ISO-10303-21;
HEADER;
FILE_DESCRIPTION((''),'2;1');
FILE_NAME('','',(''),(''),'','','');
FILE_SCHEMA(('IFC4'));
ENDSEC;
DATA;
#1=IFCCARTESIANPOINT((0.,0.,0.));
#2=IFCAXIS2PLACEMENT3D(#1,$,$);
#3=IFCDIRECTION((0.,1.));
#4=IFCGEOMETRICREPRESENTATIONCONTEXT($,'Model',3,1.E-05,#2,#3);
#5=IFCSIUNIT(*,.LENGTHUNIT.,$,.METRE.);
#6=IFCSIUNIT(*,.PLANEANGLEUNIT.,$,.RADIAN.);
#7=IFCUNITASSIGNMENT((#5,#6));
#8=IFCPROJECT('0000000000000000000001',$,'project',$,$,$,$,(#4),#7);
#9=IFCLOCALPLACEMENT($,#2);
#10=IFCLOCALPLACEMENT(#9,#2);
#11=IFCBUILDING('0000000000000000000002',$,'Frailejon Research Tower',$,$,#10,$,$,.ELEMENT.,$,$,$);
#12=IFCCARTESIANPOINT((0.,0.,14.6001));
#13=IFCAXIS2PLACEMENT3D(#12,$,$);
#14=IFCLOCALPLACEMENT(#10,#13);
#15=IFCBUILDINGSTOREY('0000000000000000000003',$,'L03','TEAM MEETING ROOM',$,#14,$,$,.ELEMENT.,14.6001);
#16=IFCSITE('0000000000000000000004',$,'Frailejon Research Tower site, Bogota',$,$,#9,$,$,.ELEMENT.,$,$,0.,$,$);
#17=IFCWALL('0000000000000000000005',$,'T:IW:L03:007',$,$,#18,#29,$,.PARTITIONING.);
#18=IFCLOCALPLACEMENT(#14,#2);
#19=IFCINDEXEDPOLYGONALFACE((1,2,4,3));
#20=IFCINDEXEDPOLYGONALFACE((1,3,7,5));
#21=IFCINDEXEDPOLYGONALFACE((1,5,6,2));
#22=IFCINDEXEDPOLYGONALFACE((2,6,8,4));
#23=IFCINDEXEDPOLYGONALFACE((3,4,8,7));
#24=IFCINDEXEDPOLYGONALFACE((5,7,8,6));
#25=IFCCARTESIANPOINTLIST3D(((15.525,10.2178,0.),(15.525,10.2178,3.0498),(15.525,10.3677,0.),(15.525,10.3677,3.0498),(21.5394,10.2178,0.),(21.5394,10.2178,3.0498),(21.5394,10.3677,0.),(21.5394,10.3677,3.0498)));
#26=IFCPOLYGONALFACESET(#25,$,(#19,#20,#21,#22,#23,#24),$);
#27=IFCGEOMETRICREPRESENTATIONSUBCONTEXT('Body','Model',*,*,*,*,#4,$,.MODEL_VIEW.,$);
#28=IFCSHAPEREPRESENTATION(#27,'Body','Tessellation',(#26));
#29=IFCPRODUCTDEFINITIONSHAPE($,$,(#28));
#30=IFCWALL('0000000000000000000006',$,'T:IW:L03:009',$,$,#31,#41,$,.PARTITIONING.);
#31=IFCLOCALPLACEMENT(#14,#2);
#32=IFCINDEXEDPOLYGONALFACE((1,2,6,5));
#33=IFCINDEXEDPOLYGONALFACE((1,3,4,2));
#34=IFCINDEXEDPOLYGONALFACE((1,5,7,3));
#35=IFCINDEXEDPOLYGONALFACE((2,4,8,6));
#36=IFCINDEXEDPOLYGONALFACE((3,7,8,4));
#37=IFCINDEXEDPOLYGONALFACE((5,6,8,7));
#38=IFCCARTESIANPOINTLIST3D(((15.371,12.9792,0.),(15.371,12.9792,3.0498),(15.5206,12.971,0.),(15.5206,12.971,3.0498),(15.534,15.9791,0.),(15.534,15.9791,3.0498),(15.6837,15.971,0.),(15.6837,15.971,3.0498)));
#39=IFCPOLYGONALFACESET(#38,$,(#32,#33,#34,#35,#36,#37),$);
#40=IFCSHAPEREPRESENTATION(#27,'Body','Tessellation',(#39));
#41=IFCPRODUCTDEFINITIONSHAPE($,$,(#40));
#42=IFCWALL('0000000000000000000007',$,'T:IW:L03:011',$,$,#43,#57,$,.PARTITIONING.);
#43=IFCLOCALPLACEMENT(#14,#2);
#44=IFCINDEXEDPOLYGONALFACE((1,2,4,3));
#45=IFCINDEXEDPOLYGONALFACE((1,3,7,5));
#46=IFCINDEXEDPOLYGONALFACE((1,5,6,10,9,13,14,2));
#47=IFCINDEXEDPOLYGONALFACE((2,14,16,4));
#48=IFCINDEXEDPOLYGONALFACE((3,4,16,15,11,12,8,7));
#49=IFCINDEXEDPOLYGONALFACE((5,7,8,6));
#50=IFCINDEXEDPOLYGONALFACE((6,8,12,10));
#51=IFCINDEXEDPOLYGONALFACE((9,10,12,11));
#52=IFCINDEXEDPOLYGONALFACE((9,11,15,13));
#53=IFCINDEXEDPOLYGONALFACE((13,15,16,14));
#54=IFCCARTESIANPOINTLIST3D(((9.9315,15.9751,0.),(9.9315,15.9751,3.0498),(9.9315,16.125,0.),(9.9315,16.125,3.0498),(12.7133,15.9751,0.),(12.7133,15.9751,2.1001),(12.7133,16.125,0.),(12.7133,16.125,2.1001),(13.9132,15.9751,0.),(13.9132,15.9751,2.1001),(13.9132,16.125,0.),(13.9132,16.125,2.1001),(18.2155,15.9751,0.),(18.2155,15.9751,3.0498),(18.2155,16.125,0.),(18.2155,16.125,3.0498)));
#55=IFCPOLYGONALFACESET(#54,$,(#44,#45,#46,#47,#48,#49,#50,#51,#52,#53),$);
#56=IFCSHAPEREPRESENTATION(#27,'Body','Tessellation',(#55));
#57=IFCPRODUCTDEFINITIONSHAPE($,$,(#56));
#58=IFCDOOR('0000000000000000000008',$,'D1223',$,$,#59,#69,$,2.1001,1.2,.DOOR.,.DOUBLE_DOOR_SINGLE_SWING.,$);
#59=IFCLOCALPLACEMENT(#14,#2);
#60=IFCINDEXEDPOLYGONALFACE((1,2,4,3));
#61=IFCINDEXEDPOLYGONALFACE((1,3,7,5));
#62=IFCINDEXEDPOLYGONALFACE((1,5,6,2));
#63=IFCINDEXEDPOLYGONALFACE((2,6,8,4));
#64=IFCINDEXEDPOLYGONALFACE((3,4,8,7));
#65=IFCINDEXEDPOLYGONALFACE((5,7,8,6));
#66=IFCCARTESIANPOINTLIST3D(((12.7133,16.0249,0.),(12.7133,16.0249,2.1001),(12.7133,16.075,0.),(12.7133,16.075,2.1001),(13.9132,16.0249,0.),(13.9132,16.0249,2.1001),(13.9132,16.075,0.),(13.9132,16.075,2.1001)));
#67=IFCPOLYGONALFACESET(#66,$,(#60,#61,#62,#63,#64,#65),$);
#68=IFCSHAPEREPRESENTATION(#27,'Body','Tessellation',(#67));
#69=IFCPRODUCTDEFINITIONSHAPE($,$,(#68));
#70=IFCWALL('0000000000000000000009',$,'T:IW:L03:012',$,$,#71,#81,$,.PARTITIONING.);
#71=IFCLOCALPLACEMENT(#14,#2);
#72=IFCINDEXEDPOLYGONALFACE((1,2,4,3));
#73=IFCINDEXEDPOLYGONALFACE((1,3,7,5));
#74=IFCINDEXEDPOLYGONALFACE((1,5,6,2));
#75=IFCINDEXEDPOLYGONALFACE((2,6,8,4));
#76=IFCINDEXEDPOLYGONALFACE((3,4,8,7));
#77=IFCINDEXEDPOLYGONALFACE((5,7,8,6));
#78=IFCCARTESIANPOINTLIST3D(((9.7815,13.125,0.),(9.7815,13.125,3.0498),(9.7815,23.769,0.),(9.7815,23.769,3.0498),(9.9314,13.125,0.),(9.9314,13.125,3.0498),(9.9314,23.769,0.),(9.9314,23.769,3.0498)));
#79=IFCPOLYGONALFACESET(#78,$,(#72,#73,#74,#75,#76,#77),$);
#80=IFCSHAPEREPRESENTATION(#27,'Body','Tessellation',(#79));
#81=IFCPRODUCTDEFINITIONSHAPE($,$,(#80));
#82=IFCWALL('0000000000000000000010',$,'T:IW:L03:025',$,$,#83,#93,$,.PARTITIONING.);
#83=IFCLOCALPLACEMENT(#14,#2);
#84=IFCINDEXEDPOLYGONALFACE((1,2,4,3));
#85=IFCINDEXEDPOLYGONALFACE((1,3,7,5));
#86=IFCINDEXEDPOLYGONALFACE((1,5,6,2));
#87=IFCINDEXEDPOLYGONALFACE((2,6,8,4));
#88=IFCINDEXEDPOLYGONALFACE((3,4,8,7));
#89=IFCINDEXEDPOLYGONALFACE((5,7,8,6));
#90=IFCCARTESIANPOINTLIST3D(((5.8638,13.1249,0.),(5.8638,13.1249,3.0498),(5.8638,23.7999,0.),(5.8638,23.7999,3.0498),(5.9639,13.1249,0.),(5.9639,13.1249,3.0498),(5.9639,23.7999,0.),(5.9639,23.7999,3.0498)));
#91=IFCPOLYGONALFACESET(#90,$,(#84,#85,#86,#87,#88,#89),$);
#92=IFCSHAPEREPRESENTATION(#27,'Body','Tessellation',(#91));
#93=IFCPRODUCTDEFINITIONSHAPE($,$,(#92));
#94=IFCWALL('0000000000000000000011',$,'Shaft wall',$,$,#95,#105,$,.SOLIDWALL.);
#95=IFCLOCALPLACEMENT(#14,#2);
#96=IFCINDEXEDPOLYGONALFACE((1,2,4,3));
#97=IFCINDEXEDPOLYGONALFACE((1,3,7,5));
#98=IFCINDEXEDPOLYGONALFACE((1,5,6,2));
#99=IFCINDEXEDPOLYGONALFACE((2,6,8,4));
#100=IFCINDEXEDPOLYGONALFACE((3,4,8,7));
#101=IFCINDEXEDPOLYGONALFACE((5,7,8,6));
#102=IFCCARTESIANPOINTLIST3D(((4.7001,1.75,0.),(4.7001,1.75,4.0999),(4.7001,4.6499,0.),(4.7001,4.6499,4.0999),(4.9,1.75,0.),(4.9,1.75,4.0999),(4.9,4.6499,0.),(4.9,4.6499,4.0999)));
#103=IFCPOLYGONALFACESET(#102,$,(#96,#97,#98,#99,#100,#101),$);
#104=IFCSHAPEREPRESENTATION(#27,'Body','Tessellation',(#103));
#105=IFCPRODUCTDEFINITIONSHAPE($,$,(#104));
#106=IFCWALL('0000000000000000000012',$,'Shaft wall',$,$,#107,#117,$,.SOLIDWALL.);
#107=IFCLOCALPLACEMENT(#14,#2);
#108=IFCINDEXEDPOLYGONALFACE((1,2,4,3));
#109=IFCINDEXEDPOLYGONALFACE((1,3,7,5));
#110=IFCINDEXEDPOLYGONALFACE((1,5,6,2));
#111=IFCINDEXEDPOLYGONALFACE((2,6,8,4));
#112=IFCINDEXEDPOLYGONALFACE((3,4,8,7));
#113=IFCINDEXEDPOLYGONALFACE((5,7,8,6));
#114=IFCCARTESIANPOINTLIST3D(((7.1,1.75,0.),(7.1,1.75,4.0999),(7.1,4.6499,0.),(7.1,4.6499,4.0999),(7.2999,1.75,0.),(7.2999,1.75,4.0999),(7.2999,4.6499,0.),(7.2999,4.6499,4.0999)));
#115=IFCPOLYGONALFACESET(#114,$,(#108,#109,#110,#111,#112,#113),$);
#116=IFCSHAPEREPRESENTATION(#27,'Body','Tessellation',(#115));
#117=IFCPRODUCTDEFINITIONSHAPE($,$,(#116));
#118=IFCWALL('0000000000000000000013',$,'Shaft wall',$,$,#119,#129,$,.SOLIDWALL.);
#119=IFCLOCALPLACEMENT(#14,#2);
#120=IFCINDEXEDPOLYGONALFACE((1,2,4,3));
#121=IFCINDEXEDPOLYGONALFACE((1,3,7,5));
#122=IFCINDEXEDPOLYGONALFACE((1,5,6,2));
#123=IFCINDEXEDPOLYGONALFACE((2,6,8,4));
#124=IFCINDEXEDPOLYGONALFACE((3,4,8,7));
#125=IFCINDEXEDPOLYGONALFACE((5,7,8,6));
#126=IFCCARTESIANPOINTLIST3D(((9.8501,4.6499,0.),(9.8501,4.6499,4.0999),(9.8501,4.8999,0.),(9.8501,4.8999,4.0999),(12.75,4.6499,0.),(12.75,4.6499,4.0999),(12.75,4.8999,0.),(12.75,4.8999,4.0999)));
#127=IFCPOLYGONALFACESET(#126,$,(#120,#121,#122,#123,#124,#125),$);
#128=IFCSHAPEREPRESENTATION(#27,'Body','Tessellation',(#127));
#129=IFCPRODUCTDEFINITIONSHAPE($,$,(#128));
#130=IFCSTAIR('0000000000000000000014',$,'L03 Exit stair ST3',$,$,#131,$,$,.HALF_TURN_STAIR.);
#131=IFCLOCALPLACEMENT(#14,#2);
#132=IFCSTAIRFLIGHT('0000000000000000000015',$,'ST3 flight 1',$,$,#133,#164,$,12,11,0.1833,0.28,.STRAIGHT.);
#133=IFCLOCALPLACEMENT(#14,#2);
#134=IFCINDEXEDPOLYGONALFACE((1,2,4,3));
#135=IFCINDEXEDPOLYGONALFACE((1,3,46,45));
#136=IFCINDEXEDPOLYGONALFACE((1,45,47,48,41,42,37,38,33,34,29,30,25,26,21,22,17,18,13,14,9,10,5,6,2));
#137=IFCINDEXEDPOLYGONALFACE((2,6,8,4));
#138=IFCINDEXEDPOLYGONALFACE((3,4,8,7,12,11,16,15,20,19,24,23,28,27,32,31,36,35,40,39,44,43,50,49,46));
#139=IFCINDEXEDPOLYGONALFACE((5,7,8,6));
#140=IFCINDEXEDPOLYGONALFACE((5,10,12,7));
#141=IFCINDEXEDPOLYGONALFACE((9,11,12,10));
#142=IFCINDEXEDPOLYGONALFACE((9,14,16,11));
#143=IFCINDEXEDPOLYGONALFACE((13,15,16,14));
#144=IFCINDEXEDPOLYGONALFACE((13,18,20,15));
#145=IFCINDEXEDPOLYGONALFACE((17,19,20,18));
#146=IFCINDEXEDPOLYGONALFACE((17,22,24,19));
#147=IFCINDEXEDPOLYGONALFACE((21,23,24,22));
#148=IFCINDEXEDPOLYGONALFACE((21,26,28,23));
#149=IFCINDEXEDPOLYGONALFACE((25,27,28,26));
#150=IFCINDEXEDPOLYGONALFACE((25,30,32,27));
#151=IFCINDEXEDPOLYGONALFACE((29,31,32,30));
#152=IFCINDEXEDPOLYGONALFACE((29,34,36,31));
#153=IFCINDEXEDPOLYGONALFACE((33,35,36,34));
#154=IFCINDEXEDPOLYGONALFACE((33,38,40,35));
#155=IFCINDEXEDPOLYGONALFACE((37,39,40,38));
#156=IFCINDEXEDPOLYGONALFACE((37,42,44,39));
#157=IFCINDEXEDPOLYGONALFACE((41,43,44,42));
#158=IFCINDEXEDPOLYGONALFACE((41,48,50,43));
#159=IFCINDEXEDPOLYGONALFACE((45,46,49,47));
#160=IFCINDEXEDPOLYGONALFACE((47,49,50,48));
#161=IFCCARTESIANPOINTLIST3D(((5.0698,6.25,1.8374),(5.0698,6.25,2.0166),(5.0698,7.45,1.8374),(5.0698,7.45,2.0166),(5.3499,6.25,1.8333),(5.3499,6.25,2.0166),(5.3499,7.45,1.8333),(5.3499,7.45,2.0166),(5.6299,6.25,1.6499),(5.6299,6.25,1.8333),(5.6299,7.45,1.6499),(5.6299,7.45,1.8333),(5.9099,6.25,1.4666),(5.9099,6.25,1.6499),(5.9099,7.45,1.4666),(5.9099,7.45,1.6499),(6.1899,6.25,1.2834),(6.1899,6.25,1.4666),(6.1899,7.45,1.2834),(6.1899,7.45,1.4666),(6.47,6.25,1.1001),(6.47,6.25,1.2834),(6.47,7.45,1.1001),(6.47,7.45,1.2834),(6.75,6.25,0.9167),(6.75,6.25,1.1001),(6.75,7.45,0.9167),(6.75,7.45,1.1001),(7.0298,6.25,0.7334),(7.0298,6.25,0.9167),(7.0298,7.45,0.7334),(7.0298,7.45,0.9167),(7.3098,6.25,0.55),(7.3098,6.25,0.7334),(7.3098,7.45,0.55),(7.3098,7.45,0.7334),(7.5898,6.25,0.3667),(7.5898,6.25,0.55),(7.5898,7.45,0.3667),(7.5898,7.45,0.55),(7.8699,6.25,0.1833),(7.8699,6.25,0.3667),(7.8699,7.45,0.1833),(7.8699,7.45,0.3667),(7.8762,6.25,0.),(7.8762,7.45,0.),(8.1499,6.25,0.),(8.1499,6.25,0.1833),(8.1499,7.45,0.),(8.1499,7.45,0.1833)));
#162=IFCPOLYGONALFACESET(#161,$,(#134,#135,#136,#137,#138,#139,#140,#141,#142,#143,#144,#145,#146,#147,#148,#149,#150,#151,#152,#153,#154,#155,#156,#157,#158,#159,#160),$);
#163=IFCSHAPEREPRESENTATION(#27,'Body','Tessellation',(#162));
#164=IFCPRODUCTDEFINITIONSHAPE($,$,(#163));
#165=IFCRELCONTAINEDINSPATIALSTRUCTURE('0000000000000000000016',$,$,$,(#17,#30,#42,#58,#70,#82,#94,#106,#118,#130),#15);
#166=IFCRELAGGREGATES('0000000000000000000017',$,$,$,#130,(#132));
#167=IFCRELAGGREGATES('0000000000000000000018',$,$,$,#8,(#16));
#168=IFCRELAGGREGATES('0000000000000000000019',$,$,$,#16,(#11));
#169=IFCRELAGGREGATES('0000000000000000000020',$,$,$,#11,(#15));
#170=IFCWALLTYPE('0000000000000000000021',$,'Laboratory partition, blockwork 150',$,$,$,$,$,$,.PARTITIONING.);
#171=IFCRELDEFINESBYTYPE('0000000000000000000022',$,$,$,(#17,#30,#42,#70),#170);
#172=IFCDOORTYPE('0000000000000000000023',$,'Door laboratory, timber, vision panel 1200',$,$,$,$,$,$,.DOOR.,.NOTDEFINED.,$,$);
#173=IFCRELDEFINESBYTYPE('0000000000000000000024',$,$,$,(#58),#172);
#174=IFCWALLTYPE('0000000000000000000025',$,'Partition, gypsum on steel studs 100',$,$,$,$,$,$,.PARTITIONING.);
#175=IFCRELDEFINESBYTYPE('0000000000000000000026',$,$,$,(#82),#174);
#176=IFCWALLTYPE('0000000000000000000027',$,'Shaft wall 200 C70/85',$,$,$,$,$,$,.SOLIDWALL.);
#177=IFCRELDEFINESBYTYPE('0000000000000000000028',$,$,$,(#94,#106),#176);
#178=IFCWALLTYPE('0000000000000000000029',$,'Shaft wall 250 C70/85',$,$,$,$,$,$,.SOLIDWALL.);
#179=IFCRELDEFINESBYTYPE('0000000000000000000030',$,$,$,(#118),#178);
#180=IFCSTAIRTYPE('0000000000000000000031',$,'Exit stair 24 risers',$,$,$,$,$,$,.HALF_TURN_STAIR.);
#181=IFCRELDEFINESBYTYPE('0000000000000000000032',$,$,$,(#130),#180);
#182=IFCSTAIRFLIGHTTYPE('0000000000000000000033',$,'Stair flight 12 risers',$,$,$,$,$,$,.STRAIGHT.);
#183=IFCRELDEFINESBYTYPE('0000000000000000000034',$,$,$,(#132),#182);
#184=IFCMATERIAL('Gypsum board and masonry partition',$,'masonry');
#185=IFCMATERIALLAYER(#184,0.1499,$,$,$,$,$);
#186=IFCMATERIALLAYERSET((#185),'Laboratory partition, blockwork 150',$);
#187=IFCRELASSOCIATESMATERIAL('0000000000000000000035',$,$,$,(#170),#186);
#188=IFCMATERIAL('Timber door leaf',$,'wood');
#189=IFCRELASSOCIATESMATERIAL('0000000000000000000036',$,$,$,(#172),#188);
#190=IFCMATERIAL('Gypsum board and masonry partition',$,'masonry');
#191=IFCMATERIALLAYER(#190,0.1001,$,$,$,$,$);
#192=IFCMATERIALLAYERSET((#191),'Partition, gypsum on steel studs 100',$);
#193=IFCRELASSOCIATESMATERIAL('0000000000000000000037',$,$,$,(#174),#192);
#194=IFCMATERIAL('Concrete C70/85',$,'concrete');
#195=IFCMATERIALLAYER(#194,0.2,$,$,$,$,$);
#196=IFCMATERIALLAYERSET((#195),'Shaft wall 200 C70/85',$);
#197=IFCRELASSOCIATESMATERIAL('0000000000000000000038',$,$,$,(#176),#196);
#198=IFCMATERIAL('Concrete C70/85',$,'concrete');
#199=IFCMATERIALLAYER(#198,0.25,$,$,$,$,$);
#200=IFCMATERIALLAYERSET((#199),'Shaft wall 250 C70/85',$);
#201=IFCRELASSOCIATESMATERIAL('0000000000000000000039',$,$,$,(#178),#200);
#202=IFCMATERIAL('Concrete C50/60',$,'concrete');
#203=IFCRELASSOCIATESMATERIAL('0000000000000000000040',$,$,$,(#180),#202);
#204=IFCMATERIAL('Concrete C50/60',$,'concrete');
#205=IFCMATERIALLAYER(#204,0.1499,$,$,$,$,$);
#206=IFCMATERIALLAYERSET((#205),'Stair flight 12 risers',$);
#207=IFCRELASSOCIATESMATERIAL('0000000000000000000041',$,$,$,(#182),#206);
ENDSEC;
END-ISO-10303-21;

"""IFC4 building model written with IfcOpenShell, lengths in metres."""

from ifc_helpers import new_model, si_unit, direction, frame, frame_2d, origin, place, context, subcontext, project, spatial, polyline, rectangle, outline, extrude, material, layer, layer_set, type_object, element, fill, aggregate, save


model = new_model("IFC4")

# Units and contexts
model_context = context("Model", 3, precision=1e-05, world=origin(), true_north=direction((0.0, 1.0)))
body_context = subcontext(model_context, "Body", "Model", "MODEL_VIEW")
ifc_project = project(units=[si_unit("LENGTHUNIT", "METRE"), si_unit("PLANEANGLEUNIT", "RADIAN")], contexts=[model_context])

# Site, building, storey
site_placement = place(None, origin())
site = spatial("IfcSite", under=ifc_project, at=site_placement, Name="Frailejon Research Tower site, Bogota", CompositionType="ELEMENT", RefElevation=0.0)
building_placement = place(site_placement, origin())
building = spatial("IfcBuilding", under=site, at=building_placement, Name="Frailejon Research Tower", CompositionType="ELEMENT")
storey_placement = place(building_placement, frame((0.0, 0.0, 14.6001)))
storey = spatial("IfcBuildingStorey", under=building, at=storey_placement, Name="L03", Description="TEAM MEETING ROOM", CompositionType="ELEMENT", Elevation=14.6001)

# Walls
ifc_material_1 = material(Name="Gypsum board and masonry partition", Category="masonry")
ifc_layer_1 = layer(ifc_material_1, 0.1499)
ifc_layer_set_1 = layer_set([ifc_layer_1], Name="Laboratory partition, blockwork 150")
wall_type_1 = type_object("IfcWallType", Name="Laboratory partition, blockwork 150", PredefinedType="PARTITIONING", material=ifc_layer_set_1)
wall_1_placement = place(storey_placement, frame((15.5249, 10.2927, 0.0), z_axis=(0.0, 0.0, 1.0), x_axis=(1.0, 0.0, 0.0)))
element("IfcWall", 1, at=wall_1_placement, inside=storey, type_object=wall_type_1, Name="T:IW:L03:007", PredefinedType="PARTITIONING", context=body_context, shape_type="SweptSolid", body=[
    extrude(rectangle(XDim=6.0144, YDim=0.1499, at=frame_2d((3.0073, 0.0))), origin(), (0.0, 0.0, 1.0), 3.0498),
])
wall_2_placement = place(storey_placement, frame((15.4458, 12.9751, 0.0), z_axis=(0.0, 0.0, 1.0), x_axis=(0.054282, 0.998526, 0.0)))
element("IfcWall", 2, at=wall_2_placement, inside=storey, type_object=wall_type_1, Name="T:IW:L03:009", PredefinedType="PARTITIONING", context=body_context, shape_type="SweptSolid", body=[
    extrude(rectangle(XDim=3.0044, YDim=0.1499, at=frame_2d((1.5022, 0.0))), origin(), (0.0, 0.0, 1.0), 3.0498),
])

# Wall, opening, door
wall_3_placement = place(storey_placement, frame((9.9314, 16.05, 0.0), z_axis=(0.0, 0.0, 1.0), x_axis=(1.0, 0.0, 0.0)))
wall_3 = element("IfcWall", 3, at=wall_3_placement, inside=storey, type_object=wall_type_1, Name="T:IW:L03:011", PredefinedType="PARTITIONING", context=body_context, shape_type="SweptSolid", body=[
    extrude(rectangle(XDim=8.2839, YDim=0.1499, at=frame_2d((4.1421, 0.0))), origin(), (0.0, 0.0, 1.0), 3.0498),
])
opening_placement = place(wall_3_placement, frame((2.7817, 0.0, 0.0)))
opening = element("IfcOpeningElement", 4, at=opening_placement, cuts=wall_3, PredefinedType="OPENING", context=body_context, shape_type="SweptSolid", body=[
    extrude(rectangle(XDim=1.2, YDim=2.1001, at=frame_2d((0.6001, 1.05))), frame((0.0, 0.085, 0.0), z_axis=(0.0, -1.0, 0.0), x_axis=(1.0, 0.0, 0.0)), (0.0, 0.0, 1.0), 0.1699),
])
ifc_material_2 = material(Name="Timber door leaf", Category="wood")
door_type = type_object("IfcDoorType", Name="Door laboratory, timber, vision panel 1200", OperationType="NOTDEFINED", PredefinedType="DOOR", material=ifc_material_2)
door_placement = place(opening_placement, origin())
door = element("IfcDoor", 5, at=door_placement, inside=storey, type_object=door_type, Name="D1223", OperationType="DOUBLE_DOOR_SINGLE_SWING", OverallHeight=2.1001, OverallWidth=1.2, PredefinedType="DOOR", context=body_context, shape_type="SweptSolid", body=[
    extrude(rectangle(XDim=1.2, YDim=2.1001, at=frame_2d((0.6001, 1.05))), frame((0.0, 0.0249, 0.0), z_axis=(0.0, -1.0, 0.0), x_axis=(1.0, 0.0, 0.0)), (0.0, 0.0, 1.0), 0.05),
])
fill(opening, door)

# Walls
wall_4_placement = place(storey_placement, frame((9.8564, 13.125, 0.0), z_axis=(0.0, 0.0, 1.0), x_axis=(0.0, 1.0, 0.0)))
element("IfcWall", 6, at=wall_4_placement, inside=storey, type_object=wall_type_1, Name="T:IW:L03:012", PredefinedType="PARTITIONING", context=body_context, shape_type="SweptSolid", body=[
    extrude(rectangle(XDim=10.644, YDim=0.1499, at=frame_2d((5.322, 0.0))), origin(), (0.0, 0.0, 1.0), 3.0498),
])
ifc_material_3 = material(Name="Gypsum board and masonry partition", Category="masonry")
ifc_layer_2 = layer(ifc_material_3, 0.1001)
ifc_layer_set_2 = layer_set([ifc_layer_2], Name="Partition, gypsum on steel studs 100")
wall_type_2 = type_object("IfcWallType", Name="Partition, gypsum on steel studs 100", PredefinedType="PARTITIONING", material=ifc_layer_set_2)
wall_5_placement = place(storey_placement, frame((5.9138, 13.125, 0.0), z_axis=(0.0, 0.0, 1.0), x_axis=(0.0, 1.0, 0.0)))
element("IfcWall", 7, at=wall_5_placement, inside=storey, type_object=wall_type_2, Name="T:IW:L03:025", PredefinedType="PARTITIONING", context=body_context, shape_type="SweptSolid", body=[
    extrude(rectangle(XDim=10.675, YDim=0.1001, at=frame_2d((5.3374, 0.0))), origin(), (0.0, 0.0, 1.0), 3.0498),
])
ifc_material_4 = material(Name="Concrete C70/85", Category="concrete")
ifc_layer_3 = layer(ifc_material_4, 0.2)
ifc_layer_set_3 = layer_set([ifc_layer_3], Name="Shaft wall 200 C70/85")
wall_type_3 = type_object("IfcWallType", Name="Shaft wall 200 C70/85", PredefinedType="SOLIDWALL", material=ifc_layer_set_3)
for number, where, z_axis, x_axis, name in (
    (8, (4.8, 1.75, 0.0), (0.0, 0.0, 1.0), (0.0, 1.0, 0.0), "Shaft wall"),
    (9, (7.2, 1.75, 0.0), (0.0, 0.0, 1.0), (0.0, 1.0, 0.0), "Shaft wall"),
):
    element("IfcWall", number, at=place(storey_placement, frame(where, z_axis=z_axis, x_axis=x_axis)), inside=storey, type_object=wall_type_3, Name=name, PredefinedType="SOLIDWALL", context=body_context, shape_type="SweptSolid", body=[
        extrude(rectangle(XDim=2.8999, YDim=0.2, at=frame_2d((1.45, 0.0))), origin(), (0.0, 0.0, 1.0), 4.0999),
    ])
ifc_material_5 = material(Name="Concrete C70/85", Category="concrete")
ifc_layer_4 = layer(ifc_material_5, 0.25)
ifc_layer_set_4 = layer_set([ifc_layer_4], Name="Shaft wall 250 C70/85")
wall_type_4 = type_object("IfcWallType", Name="Shaft wall 250 C70/85", PredefinedType="SOLIDWALL", material=ifc_layer_set_4)
wall_6_placement = place(storey_placement, frame((9.8501, 4.7749, 0.0), z_axis=(0.0, 0.0, 1.0), x_axis=(1.0, 0.0, 0.0)))
element("IfcWall", 10, at=wall_6_placement, inside=storey, type_object=wall_type_4, Name="Shaft wall", PredefinedType="SOLIDWALL", context=body_context, shape_type="SweptSolid", body=[
    extrude(rectangle(XDim=2.8999, YDim=0.25, at=frame_2d((1.45, 0.0))), origin(), (0.0, 0.0, 1.0), 4.0999),
])

# Stair, stair flight
ifc_material_6 = material(Name="Concrete C50/60", Category="concrete")
stair_type = type_object("IfcStairType", Name="Exit stair 24 risers", PredefinedType="HALF_TURN_STAIR", material=ifc_material_6)
stair_placement = place(storey_placement, origin())
stair = element("IfcStair", 11, at=stair_placement, inside=storey, type_object=stair_type, Name="L03 Exit stair ST3", PredefinedType="HALF_TURN_STAIR")
ifc_material_7 = material(Name="Concrete C50/60", Category="concrete")
ifc_layer_5 = layer(ifc_material_7, 0.1499)
ifc_layer_set_5 = layer_set([ifc_layer_5], Name="Stair flight 12 risers")
stair_flight_type = type_object("IfcStairFlightType", Name="Stair flight 12 risers", PredefinedType="STRAIGHT", material=ifc_layer_set_5)
stair_flight_1_placement = place(storey_placement, frame((8.1499, 6.8501, 0.0), z_axis=(0.0, 0.0, 1.0), x_axis=(-1.0, 0.0, 0.0)))
stair_flight_1 = element("IfcStairFlight", 12, at=stair_flight_1_placement, type_object=stair_flight_type, Name="ST3 flight 1", NumberOfRisers=12, NumberOfTreads=11, PredefinedType="STRAIGHT", RiserHeight=0.1833, TreadLength=0.28, context=body_context, shape_type="SweptSolid", body=[
    extrude(outline(polyline([(0.0, 0.0), (0.0, 0.1833), (0.28, 0.1833), (0.28, 0.3667), (0.5601, 0.3667), (0.5601, 0.55), (0.8401, 0.55), (0.8401, 0.7334), (1.1201, 0.7334), (1.1201, 0.9167), (1.3999, 0.9167), (1.3999, 1.1001), (1.6799, 1.1001), (1.6799, 1.2834), (1.96, 1.2834), (1.96, 1.4666), (2.24, 1.4666), (2.24, 1.6499), (2.52, 1.6499), (2.52, 1.8333), (2.8, 1.8333), (2.8, 2.0166), (3.0801, 2.0166), (3.0801, 2.2), (3.0801, 1.8374), (0.2737, 0.0), (0.0, 0.0)])), frame((0.0, 0.6001, 0.0), z_axis=(0.0, -1.0, 0.0), x_axis=(1.0, 0.0, 0.0)), (0.0, 0.0, 1.0), 1.2),
])
aggregate(stair, [stair_flight_1])

save(model, "model.ifc")
